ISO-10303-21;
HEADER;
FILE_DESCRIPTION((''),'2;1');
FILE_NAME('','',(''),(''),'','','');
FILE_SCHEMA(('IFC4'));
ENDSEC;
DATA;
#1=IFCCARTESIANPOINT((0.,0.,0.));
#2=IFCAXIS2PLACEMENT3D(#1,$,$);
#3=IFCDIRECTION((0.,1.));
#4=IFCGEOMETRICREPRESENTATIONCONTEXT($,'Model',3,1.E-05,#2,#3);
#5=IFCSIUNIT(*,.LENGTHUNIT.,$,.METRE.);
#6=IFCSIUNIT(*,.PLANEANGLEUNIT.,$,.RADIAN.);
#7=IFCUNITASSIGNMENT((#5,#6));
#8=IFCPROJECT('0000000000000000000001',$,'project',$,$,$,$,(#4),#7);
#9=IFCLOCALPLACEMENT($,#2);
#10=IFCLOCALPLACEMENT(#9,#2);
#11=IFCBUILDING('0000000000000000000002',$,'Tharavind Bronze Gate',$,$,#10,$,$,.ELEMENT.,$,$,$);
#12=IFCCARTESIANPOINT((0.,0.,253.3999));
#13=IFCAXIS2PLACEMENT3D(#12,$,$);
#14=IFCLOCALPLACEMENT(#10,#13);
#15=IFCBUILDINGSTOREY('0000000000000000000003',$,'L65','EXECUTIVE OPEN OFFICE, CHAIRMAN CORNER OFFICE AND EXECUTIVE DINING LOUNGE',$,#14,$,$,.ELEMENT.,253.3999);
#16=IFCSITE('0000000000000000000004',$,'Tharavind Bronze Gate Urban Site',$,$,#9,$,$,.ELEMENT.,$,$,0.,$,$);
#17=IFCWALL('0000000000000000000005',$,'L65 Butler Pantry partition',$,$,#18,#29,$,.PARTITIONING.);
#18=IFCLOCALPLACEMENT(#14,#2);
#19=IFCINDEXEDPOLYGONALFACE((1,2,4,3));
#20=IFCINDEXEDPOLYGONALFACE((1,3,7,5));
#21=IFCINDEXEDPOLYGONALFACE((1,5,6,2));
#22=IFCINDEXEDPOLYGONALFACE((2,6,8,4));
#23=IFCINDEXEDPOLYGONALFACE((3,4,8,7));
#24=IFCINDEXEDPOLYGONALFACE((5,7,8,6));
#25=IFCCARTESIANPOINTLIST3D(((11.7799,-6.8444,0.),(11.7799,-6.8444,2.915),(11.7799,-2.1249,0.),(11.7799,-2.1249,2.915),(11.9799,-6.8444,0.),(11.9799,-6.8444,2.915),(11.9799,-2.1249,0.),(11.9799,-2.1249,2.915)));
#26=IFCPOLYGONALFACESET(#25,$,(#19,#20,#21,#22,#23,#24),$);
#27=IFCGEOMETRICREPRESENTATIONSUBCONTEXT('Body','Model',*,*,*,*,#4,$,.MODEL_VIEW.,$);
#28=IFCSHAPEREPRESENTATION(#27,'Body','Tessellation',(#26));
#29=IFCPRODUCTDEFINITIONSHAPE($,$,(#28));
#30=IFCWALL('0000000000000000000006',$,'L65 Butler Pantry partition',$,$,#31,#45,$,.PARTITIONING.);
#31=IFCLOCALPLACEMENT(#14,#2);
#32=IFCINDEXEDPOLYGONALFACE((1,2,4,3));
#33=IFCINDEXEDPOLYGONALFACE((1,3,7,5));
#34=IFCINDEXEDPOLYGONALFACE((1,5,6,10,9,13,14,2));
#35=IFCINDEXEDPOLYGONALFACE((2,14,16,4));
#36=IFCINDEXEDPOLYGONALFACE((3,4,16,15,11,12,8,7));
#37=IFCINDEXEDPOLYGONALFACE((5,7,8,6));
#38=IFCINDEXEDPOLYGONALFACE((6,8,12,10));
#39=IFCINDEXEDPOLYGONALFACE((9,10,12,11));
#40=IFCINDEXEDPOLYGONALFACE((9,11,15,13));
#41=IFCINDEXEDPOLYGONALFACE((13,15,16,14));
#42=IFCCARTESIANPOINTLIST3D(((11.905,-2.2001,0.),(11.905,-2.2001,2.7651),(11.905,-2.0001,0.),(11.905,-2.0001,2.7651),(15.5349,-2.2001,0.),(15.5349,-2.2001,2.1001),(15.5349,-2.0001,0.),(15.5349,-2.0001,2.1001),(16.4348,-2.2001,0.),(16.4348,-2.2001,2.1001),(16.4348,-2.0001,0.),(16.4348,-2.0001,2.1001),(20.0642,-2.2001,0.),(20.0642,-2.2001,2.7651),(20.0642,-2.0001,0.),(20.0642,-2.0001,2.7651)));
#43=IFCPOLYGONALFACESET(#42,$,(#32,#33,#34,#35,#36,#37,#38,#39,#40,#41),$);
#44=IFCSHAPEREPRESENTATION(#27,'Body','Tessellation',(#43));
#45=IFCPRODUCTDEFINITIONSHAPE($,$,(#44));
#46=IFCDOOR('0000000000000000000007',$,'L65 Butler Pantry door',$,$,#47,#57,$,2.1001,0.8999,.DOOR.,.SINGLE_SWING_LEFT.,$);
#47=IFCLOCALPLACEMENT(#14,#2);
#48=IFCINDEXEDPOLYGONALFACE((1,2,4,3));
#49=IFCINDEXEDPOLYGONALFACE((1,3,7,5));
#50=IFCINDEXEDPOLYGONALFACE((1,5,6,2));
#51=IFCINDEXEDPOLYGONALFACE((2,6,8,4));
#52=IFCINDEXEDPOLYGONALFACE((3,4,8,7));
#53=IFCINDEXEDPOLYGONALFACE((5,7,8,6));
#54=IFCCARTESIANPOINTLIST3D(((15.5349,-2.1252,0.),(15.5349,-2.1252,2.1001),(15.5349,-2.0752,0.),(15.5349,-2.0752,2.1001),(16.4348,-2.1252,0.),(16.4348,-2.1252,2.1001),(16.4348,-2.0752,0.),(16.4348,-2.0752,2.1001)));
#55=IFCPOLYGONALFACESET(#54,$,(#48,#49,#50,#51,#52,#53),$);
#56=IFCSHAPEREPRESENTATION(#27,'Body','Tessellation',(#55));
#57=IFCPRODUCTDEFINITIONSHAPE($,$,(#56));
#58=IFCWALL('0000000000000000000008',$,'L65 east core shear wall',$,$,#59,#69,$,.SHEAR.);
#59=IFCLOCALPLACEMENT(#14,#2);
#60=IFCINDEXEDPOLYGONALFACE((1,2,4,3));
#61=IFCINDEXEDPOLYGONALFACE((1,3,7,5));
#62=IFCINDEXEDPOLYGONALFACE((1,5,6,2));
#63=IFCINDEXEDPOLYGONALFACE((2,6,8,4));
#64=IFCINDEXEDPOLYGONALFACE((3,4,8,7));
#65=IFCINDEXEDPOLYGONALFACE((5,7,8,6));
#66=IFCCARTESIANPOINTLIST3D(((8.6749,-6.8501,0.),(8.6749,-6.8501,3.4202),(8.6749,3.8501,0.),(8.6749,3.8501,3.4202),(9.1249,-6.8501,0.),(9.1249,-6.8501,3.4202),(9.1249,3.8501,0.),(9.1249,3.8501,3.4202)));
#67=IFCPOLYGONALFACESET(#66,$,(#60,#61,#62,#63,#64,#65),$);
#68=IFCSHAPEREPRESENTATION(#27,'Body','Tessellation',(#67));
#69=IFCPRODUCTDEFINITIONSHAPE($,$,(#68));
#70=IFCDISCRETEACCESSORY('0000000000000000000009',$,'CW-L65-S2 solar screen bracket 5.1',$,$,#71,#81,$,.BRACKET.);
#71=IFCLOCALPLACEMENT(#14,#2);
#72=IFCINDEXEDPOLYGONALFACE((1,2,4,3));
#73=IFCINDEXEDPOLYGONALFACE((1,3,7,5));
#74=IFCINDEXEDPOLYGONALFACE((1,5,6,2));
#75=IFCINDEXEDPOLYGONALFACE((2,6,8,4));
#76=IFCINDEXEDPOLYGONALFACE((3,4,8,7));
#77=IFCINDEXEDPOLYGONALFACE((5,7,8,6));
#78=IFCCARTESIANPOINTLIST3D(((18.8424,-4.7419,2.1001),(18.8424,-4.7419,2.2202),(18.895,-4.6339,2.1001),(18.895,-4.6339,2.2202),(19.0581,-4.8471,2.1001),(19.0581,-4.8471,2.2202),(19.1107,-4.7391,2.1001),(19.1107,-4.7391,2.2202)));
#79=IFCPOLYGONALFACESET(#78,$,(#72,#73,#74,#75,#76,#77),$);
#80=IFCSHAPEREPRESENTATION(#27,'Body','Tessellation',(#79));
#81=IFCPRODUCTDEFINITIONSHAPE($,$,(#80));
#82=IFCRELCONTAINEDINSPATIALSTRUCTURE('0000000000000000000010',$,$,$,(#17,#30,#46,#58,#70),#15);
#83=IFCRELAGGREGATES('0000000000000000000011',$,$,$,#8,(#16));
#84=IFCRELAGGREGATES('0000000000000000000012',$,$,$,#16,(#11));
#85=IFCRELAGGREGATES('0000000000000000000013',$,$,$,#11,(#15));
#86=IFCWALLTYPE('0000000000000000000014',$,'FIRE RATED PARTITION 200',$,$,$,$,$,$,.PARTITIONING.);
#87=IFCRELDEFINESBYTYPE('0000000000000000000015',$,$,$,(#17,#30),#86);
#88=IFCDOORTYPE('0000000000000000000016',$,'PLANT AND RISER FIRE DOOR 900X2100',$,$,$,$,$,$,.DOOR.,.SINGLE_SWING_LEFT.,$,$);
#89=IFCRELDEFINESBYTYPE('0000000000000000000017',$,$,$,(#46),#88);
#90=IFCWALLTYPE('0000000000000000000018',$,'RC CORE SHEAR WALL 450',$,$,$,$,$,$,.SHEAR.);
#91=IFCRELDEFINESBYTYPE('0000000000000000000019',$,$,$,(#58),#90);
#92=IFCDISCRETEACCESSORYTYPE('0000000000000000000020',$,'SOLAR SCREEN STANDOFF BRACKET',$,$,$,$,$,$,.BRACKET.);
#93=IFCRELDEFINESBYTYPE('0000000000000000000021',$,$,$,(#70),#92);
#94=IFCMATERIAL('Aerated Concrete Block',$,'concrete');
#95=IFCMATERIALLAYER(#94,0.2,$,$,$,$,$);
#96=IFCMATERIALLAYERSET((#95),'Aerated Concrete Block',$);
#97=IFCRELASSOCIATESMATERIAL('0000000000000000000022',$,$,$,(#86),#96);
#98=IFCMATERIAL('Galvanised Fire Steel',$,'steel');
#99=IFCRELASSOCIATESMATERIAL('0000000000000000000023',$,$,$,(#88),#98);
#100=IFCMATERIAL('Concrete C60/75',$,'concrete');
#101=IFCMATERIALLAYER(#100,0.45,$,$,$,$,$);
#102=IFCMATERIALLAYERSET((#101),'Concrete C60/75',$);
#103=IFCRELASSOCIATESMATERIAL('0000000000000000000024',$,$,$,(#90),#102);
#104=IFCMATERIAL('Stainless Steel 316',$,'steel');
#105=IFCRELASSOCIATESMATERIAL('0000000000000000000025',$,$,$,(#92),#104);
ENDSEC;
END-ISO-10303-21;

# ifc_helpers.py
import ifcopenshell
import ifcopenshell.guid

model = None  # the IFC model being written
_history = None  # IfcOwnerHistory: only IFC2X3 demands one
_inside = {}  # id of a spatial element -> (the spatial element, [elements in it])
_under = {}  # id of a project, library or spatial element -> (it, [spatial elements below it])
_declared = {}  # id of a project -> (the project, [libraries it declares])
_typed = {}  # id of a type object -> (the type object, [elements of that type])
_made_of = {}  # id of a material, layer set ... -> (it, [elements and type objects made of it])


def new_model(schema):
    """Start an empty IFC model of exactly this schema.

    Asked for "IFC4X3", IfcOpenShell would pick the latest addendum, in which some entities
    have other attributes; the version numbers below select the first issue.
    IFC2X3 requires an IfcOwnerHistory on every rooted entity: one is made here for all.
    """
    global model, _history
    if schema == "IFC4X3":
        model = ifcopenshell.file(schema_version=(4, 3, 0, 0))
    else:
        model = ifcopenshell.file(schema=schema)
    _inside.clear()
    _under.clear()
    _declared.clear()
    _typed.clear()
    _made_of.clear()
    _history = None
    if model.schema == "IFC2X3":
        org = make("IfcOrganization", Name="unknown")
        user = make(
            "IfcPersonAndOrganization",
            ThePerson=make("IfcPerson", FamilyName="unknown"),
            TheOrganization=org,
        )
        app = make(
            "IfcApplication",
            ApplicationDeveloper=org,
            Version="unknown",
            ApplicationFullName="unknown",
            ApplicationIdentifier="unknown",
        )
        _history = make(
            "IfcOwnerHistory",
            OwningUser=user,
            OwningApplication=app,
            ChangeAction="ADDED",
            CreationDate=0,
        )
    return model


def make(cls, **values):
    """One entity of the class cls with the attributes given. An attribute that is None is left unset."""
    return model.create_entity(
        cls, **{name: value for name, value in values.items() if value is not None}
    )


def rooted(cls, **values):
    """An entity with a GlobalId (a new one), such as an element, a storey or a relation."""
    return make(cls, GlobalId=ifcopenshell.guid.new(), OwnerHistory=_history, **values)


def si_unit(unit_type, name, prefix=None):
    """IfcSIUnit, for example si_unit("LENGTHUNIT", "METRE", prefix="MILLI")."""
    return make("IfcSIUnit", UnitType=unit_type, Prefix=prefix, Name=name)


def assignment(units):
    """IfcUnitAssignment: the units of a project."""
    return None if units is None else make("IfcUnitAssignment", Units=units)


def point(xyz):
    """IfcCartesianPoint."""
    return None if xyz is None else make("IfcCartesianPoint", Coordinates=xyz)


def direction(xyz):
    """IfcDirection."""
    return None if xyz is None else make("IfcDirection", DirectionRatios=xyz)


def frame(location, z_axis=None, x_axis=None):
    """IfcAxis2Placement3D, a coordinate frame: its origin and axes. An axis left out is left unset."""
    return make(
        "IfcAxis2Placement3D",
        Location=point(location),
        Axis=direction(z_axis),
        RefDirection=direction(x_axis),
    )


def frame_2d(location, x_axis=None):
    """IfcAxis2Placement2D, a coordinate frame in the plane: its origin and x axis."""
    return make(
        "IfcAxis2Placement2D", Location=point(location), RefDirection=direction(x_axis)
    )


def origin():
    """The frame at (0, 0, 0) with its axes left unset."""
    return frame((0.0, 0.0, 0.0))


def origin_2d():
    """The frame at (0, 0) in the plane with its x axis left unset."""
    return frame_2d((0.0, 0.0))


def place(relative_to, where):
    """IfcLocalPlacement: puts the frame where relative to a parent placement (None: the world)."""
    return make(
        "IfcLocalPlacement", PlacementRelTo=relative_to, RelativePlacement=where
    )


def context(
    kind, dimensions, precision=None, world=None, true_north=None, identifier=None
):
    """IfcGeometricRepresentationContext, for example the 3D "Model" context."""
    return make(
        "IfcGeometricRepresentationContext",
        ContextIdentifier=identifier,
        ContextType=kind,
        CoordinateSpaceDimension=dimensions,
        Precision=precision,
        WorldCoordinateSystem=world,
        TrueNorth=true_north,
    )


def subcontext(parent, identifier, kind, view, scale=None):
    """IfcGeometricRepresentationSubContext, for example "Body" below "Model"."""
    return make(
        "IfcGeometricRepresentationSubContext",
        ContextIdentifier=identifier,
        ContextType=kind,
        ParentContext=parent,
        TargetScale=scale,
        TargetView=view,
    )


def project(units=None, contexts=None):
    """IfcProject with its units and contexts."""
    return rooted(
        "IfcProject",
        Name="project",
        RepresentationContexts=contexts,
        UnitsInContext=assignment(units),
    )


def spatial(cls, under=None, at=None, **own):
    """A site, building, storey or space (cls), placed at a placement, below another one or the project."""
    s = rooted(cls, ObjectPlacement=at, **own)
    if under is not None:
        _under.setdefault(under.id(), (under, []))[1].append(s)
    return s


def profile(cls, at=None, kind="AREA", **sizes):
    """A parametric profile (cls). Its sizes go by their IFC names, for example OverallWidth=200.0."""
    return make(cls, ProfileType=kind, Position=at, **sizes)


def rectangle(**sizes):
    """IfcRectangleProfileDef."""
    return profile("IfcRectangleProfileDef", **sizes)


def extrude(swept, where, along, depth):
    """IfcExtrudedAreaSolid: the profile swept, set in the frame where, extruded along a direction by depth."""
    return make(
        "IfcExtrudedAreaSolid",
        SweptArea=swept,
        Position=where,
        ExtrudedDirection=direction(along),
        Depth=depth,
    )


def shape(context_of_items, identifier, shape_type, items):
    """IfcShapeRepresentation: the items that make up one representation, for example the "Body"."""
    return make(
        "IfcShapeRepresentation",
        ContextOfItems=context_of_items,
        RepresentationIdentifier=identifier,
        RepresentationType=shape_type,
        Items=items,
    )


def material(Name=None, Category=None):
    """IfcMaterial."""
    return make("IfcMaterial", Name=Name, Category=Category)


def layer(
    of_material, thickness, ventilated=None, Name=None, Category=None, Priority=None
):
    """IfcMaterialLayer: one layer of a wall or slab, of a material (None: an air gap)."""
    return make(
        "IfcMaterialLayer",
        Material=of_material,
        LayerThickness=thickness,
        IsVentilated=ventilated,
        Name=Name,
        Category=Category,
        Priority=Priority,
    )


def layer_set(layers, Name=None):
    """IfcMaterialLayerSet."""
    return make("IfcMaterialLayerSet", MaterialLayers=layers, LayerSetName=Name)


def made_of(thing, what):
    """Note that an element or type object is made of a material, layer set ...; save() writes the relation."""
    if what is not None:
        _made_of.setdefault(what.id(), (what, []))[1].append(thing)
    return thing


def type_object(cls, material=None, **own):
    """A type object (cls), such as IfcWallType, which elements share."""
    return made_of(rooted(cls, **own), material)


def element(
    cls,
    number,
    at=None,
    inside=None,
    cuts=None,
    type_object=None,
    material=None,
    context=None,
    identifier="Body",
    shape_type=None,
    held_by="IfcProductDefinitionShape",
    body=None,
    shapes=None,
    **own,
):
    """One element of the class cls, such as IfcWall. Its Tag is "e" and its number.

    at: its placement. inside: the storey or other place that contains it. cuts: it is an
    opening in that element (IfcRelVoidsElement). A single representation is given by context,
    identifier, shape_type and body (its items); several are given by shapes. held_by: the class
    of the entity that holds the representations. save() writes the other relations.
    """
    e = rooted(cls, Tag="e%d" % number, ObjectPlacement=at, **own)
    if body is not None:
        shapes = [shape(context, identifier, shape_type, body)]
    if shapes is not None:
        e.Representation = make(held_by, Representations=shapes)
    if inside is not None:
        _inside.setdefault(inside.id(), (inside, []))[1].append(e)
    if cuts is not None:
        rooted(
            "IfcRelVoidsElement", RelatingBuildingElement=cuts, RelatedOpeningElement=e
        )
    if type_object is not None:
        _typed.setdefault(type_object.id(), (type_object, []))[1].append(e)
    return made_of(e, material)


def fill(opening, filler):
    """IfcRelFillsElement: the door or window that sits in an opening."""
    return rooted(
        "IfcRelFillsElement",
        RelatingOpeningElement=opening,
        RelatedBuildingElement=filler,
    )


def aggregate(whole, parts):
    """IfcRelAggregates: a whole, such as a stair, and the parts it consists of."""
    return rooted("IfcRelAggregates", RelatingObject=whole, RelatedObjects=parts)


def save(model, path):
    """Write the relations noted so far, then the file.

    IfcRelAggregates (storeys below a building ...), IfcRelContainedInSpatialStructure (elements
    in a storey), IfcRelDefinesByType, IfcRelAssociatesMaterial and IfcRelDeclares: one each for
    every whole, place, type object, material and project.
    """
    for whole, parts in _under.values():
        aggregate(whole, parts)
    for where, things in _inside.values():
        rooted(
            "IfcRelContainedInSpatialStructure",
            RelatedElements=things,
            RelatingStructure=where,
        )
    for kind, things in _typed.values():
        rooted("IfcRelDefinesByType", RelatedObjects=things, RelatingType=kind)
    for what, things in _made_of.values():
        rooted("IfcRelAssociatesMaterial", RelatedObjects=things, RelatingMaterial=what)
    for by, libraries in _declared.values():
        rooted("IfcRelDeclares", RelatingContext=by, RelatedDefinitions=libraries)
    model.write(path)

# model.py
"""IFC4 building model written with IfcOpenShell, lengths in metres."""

from ifc_helpers import new_model, si_unit, direction, frame, frame_2d, origin, origin_2d, place, context, subcontext, project, spatial, rectangle, extrude, material, layer, layer_set, type_object, element, fill, save


model = new_model("IFC4")

# Units and contexts
model_context = context("Model", 3, precision=1e-05, world=origin(), true_north=direction((0.0, 1.0)))
body_context = subcontext(model_context, "Body", "Model", "MODEL_VIEW")
ifc_project = project(units=[si_unit("LENGTHUNIT", "METRE"), si_unit("PLANEANGLEUNIT", "RADIAN")], contexts=[model_context])

# Site, building, storey
site_placement = place(None, origin())
site = spatial("IfcSite", under=ifc_project, at=site_placement, Name="Tharavind Bronze Gate Urban Site", CompositionType="ELEMENT", RefElevation=0.0)
building_placement = place(site_placement, origin())
building = spatial("IfcBuilding", under=site, at=building_placement, Name="Tharavind Bronze Gate", CompositionType="ELEMENT")
storey_placement = place(building_placement, frame((0.0, 0.0, 253.3999)))
storey = spatial("IfcBuildingStorey", under=building, at=storey_placement, Name="L65", Description="EXECUTIVE OPEN OFFICE, CHAIRMAN CORNER OFFICE AND EXECUTIVE DINING LOUNGE", CompositionType="ELEMENT", Elevation=253.3999)

# Shared definitions
ifc_material_1 = material(Name="Aerated Concrete Block", Category="concrete")
ifc_layer_1 = layer(ifc_material_1, 0.2)
ifc_layer_set_1 = layer_set([ifc_layer_1], Name="Aerated Concrete Block")
wall_type_1 = type_object("IfcWallType", Name="FIRE RATED PARTITION 200", PredefinedType="PARTITIONING", material=ifc_layer_set_1)

# Wall
wall_1_placement = place(storey_placement, frame((11.8799, -6.8445, 0.0), z_axis=(0.0, 0.0, 1.0), x_axis=(0.0, 1.0, 0.0)))
element("IfcWall", 1, at=wall_1_placement, inside=storey, type_object=wall_type_1, Name="L65 Butler Pantry partition", PredefinedType="PARTITIONING", context=body_context, shape_type="SweptSolid", body=[
    extrude(rectangle(XDim=4.7195, YDim=0.2, at=frame_2d((2.3599, 0.0))), origin(), (0.0, 0.0, 1.0), 2.915),
])

# Wall, opening, door
wall_2_placement = place(storey_placement, frame((11.905, -2.1001, 0.0), z_axis=(0.0, 0.0, 1.0), x_axis=(1.0, 0.0, 0.0)))
wall_2 = element("IfcWall", 2, at=wall_2_placement, inside=storey, type_object=wall_type_1, Name="L65 Butler Pantry partition", PredefinedType="PARTITIONING", context=body_context, shape_type="SweptSolid", body=[
    extrude(rectangle(XDim=8.1592, YDim=0.2, at=frame_2d((4.0796, 0.0))), origin(), (0.0, 0.0, 1.0), 2.7651),
])
opening_1_placement = place(wall_2_placement, frame((3.6299, 0.0, 0.0)))
opening_1 = element("IfcOpeningElement", 3, at=opening_1_placement, cuts=wall_2, PredefinedType="OPENING", context=body_context, shape_type="SweptSolid", body=[
    extrude(rectangle(XDim=0.8999, YDim=2.1001, at=frame_2d((0.45, 1.05))), frame((0.0, 0.1101, 0.0), z_axis=(0.0, -1.0, 0.0), x_axis=(1.0, 0.0, 0.0)), (0.0, 0.0, 1.0), 0.22),
])
ifc_material_2 = material(Name="Galvanised Fire Steel", Category="steel")
door_type_1 = type_object("IfcDoorType", Name="PLANT AND RISER FIRE DOOR 900X2100", OperationType="SINGLE_SWING_LEFT", PredefinedType="DOOR", material=ifc_material_2)
door_1_placement = place(opening_1_placement, origin())
door_1 = element("IfcDoor", 4, at=door_1_placement, inside=storey, type_object=door_type_1, Name="L65 Butler Pantry door", OperationType="SINGLE_SWING_LEFT", OverallHeight=2.1001, OverallWidth=0.8999, PredefinedType="DOOR", context=body_context, shape_type="SweptSolid", body=[
    extrude(rectangle(XDim=0.8999, YDim=2.1001, at=frame_2d((0.45, 1.05))), frame((0.0, 0.0249, 0.0), z_axis=(0.0, -1.0, 0.0), x_axis=(1.0, 0.0, 0.0)), (0.0, 0.0, 1.0), 0.05),
])
fill(opening_1, door_1)

# Wall
ifc_material_3 = material(Name="Concrete C60/75", Category="concrete")
ifc_layer_2 = layer(ifc_material_3, 0.45)
ifc_layer_set_2 = layer_set([ifc_layer_2], Name="Concrete C60/75")
wall_type_2 = type_object("IfcWallType", Name="RC CORE SHEAR WALL 450", PredefinedType="SHEAR", material=ifc_layer_set_2)
wall_3_placement = place(storey_placement, frame((8.8999, -6.8501, 0.0), z_axis=(0.0, 0.0, 1.0), x_axis=(0.0, 1.0, 0.0)))
element("IfcWall", 5, at=wall_3_placement, inside=storey, type_object=wall_type_2, Name="L65 east core shear wall", PredefinedType="SHEAR", context=body_context, shape_type="SweptSolid", body=[
    extrude(rectangle(XDim=10.7002, YDim=0.45, at=frame_2d((5.3501, 0.0))), origin(), (0.0, 0.0, 1.0), 3.4202),
])

# Discrete accessory
ifc_material_4 = material(Name="Stainless Steel 316", Category="steel")
discrete_accessory_type = type_object("IfcDiscreteAccessoryType", Name="SOLAR SCREEN STANDOFF BRACKET", PredefinedType="BRACKET", material=ifc_material_4)
discrete_accessory_placement = place(storey_placement, frame((18.9766, -4.7405, 2.1001), z_axis=(0.0, 0.0, 1.0), x_axis=(0.438373, 0.898793, 0.0)))
element("IfcDiscreteAccessory", 6, at=discrete_accessory_placement, inside=storey, type_object=discrete_accessory_type, Name="CW-L65-S2 solar screen bracket 5.1", PredefinedType="BRACKET", context=body_context, shape_type="SweptSolid", body=[
    extrude(rectangle(XDim=0.1201, YDim=0.24, at=origin_2d()), origin(), (0.0, 0.0, 1.0), 0.1201),
])

save(model, "model.ifc")
